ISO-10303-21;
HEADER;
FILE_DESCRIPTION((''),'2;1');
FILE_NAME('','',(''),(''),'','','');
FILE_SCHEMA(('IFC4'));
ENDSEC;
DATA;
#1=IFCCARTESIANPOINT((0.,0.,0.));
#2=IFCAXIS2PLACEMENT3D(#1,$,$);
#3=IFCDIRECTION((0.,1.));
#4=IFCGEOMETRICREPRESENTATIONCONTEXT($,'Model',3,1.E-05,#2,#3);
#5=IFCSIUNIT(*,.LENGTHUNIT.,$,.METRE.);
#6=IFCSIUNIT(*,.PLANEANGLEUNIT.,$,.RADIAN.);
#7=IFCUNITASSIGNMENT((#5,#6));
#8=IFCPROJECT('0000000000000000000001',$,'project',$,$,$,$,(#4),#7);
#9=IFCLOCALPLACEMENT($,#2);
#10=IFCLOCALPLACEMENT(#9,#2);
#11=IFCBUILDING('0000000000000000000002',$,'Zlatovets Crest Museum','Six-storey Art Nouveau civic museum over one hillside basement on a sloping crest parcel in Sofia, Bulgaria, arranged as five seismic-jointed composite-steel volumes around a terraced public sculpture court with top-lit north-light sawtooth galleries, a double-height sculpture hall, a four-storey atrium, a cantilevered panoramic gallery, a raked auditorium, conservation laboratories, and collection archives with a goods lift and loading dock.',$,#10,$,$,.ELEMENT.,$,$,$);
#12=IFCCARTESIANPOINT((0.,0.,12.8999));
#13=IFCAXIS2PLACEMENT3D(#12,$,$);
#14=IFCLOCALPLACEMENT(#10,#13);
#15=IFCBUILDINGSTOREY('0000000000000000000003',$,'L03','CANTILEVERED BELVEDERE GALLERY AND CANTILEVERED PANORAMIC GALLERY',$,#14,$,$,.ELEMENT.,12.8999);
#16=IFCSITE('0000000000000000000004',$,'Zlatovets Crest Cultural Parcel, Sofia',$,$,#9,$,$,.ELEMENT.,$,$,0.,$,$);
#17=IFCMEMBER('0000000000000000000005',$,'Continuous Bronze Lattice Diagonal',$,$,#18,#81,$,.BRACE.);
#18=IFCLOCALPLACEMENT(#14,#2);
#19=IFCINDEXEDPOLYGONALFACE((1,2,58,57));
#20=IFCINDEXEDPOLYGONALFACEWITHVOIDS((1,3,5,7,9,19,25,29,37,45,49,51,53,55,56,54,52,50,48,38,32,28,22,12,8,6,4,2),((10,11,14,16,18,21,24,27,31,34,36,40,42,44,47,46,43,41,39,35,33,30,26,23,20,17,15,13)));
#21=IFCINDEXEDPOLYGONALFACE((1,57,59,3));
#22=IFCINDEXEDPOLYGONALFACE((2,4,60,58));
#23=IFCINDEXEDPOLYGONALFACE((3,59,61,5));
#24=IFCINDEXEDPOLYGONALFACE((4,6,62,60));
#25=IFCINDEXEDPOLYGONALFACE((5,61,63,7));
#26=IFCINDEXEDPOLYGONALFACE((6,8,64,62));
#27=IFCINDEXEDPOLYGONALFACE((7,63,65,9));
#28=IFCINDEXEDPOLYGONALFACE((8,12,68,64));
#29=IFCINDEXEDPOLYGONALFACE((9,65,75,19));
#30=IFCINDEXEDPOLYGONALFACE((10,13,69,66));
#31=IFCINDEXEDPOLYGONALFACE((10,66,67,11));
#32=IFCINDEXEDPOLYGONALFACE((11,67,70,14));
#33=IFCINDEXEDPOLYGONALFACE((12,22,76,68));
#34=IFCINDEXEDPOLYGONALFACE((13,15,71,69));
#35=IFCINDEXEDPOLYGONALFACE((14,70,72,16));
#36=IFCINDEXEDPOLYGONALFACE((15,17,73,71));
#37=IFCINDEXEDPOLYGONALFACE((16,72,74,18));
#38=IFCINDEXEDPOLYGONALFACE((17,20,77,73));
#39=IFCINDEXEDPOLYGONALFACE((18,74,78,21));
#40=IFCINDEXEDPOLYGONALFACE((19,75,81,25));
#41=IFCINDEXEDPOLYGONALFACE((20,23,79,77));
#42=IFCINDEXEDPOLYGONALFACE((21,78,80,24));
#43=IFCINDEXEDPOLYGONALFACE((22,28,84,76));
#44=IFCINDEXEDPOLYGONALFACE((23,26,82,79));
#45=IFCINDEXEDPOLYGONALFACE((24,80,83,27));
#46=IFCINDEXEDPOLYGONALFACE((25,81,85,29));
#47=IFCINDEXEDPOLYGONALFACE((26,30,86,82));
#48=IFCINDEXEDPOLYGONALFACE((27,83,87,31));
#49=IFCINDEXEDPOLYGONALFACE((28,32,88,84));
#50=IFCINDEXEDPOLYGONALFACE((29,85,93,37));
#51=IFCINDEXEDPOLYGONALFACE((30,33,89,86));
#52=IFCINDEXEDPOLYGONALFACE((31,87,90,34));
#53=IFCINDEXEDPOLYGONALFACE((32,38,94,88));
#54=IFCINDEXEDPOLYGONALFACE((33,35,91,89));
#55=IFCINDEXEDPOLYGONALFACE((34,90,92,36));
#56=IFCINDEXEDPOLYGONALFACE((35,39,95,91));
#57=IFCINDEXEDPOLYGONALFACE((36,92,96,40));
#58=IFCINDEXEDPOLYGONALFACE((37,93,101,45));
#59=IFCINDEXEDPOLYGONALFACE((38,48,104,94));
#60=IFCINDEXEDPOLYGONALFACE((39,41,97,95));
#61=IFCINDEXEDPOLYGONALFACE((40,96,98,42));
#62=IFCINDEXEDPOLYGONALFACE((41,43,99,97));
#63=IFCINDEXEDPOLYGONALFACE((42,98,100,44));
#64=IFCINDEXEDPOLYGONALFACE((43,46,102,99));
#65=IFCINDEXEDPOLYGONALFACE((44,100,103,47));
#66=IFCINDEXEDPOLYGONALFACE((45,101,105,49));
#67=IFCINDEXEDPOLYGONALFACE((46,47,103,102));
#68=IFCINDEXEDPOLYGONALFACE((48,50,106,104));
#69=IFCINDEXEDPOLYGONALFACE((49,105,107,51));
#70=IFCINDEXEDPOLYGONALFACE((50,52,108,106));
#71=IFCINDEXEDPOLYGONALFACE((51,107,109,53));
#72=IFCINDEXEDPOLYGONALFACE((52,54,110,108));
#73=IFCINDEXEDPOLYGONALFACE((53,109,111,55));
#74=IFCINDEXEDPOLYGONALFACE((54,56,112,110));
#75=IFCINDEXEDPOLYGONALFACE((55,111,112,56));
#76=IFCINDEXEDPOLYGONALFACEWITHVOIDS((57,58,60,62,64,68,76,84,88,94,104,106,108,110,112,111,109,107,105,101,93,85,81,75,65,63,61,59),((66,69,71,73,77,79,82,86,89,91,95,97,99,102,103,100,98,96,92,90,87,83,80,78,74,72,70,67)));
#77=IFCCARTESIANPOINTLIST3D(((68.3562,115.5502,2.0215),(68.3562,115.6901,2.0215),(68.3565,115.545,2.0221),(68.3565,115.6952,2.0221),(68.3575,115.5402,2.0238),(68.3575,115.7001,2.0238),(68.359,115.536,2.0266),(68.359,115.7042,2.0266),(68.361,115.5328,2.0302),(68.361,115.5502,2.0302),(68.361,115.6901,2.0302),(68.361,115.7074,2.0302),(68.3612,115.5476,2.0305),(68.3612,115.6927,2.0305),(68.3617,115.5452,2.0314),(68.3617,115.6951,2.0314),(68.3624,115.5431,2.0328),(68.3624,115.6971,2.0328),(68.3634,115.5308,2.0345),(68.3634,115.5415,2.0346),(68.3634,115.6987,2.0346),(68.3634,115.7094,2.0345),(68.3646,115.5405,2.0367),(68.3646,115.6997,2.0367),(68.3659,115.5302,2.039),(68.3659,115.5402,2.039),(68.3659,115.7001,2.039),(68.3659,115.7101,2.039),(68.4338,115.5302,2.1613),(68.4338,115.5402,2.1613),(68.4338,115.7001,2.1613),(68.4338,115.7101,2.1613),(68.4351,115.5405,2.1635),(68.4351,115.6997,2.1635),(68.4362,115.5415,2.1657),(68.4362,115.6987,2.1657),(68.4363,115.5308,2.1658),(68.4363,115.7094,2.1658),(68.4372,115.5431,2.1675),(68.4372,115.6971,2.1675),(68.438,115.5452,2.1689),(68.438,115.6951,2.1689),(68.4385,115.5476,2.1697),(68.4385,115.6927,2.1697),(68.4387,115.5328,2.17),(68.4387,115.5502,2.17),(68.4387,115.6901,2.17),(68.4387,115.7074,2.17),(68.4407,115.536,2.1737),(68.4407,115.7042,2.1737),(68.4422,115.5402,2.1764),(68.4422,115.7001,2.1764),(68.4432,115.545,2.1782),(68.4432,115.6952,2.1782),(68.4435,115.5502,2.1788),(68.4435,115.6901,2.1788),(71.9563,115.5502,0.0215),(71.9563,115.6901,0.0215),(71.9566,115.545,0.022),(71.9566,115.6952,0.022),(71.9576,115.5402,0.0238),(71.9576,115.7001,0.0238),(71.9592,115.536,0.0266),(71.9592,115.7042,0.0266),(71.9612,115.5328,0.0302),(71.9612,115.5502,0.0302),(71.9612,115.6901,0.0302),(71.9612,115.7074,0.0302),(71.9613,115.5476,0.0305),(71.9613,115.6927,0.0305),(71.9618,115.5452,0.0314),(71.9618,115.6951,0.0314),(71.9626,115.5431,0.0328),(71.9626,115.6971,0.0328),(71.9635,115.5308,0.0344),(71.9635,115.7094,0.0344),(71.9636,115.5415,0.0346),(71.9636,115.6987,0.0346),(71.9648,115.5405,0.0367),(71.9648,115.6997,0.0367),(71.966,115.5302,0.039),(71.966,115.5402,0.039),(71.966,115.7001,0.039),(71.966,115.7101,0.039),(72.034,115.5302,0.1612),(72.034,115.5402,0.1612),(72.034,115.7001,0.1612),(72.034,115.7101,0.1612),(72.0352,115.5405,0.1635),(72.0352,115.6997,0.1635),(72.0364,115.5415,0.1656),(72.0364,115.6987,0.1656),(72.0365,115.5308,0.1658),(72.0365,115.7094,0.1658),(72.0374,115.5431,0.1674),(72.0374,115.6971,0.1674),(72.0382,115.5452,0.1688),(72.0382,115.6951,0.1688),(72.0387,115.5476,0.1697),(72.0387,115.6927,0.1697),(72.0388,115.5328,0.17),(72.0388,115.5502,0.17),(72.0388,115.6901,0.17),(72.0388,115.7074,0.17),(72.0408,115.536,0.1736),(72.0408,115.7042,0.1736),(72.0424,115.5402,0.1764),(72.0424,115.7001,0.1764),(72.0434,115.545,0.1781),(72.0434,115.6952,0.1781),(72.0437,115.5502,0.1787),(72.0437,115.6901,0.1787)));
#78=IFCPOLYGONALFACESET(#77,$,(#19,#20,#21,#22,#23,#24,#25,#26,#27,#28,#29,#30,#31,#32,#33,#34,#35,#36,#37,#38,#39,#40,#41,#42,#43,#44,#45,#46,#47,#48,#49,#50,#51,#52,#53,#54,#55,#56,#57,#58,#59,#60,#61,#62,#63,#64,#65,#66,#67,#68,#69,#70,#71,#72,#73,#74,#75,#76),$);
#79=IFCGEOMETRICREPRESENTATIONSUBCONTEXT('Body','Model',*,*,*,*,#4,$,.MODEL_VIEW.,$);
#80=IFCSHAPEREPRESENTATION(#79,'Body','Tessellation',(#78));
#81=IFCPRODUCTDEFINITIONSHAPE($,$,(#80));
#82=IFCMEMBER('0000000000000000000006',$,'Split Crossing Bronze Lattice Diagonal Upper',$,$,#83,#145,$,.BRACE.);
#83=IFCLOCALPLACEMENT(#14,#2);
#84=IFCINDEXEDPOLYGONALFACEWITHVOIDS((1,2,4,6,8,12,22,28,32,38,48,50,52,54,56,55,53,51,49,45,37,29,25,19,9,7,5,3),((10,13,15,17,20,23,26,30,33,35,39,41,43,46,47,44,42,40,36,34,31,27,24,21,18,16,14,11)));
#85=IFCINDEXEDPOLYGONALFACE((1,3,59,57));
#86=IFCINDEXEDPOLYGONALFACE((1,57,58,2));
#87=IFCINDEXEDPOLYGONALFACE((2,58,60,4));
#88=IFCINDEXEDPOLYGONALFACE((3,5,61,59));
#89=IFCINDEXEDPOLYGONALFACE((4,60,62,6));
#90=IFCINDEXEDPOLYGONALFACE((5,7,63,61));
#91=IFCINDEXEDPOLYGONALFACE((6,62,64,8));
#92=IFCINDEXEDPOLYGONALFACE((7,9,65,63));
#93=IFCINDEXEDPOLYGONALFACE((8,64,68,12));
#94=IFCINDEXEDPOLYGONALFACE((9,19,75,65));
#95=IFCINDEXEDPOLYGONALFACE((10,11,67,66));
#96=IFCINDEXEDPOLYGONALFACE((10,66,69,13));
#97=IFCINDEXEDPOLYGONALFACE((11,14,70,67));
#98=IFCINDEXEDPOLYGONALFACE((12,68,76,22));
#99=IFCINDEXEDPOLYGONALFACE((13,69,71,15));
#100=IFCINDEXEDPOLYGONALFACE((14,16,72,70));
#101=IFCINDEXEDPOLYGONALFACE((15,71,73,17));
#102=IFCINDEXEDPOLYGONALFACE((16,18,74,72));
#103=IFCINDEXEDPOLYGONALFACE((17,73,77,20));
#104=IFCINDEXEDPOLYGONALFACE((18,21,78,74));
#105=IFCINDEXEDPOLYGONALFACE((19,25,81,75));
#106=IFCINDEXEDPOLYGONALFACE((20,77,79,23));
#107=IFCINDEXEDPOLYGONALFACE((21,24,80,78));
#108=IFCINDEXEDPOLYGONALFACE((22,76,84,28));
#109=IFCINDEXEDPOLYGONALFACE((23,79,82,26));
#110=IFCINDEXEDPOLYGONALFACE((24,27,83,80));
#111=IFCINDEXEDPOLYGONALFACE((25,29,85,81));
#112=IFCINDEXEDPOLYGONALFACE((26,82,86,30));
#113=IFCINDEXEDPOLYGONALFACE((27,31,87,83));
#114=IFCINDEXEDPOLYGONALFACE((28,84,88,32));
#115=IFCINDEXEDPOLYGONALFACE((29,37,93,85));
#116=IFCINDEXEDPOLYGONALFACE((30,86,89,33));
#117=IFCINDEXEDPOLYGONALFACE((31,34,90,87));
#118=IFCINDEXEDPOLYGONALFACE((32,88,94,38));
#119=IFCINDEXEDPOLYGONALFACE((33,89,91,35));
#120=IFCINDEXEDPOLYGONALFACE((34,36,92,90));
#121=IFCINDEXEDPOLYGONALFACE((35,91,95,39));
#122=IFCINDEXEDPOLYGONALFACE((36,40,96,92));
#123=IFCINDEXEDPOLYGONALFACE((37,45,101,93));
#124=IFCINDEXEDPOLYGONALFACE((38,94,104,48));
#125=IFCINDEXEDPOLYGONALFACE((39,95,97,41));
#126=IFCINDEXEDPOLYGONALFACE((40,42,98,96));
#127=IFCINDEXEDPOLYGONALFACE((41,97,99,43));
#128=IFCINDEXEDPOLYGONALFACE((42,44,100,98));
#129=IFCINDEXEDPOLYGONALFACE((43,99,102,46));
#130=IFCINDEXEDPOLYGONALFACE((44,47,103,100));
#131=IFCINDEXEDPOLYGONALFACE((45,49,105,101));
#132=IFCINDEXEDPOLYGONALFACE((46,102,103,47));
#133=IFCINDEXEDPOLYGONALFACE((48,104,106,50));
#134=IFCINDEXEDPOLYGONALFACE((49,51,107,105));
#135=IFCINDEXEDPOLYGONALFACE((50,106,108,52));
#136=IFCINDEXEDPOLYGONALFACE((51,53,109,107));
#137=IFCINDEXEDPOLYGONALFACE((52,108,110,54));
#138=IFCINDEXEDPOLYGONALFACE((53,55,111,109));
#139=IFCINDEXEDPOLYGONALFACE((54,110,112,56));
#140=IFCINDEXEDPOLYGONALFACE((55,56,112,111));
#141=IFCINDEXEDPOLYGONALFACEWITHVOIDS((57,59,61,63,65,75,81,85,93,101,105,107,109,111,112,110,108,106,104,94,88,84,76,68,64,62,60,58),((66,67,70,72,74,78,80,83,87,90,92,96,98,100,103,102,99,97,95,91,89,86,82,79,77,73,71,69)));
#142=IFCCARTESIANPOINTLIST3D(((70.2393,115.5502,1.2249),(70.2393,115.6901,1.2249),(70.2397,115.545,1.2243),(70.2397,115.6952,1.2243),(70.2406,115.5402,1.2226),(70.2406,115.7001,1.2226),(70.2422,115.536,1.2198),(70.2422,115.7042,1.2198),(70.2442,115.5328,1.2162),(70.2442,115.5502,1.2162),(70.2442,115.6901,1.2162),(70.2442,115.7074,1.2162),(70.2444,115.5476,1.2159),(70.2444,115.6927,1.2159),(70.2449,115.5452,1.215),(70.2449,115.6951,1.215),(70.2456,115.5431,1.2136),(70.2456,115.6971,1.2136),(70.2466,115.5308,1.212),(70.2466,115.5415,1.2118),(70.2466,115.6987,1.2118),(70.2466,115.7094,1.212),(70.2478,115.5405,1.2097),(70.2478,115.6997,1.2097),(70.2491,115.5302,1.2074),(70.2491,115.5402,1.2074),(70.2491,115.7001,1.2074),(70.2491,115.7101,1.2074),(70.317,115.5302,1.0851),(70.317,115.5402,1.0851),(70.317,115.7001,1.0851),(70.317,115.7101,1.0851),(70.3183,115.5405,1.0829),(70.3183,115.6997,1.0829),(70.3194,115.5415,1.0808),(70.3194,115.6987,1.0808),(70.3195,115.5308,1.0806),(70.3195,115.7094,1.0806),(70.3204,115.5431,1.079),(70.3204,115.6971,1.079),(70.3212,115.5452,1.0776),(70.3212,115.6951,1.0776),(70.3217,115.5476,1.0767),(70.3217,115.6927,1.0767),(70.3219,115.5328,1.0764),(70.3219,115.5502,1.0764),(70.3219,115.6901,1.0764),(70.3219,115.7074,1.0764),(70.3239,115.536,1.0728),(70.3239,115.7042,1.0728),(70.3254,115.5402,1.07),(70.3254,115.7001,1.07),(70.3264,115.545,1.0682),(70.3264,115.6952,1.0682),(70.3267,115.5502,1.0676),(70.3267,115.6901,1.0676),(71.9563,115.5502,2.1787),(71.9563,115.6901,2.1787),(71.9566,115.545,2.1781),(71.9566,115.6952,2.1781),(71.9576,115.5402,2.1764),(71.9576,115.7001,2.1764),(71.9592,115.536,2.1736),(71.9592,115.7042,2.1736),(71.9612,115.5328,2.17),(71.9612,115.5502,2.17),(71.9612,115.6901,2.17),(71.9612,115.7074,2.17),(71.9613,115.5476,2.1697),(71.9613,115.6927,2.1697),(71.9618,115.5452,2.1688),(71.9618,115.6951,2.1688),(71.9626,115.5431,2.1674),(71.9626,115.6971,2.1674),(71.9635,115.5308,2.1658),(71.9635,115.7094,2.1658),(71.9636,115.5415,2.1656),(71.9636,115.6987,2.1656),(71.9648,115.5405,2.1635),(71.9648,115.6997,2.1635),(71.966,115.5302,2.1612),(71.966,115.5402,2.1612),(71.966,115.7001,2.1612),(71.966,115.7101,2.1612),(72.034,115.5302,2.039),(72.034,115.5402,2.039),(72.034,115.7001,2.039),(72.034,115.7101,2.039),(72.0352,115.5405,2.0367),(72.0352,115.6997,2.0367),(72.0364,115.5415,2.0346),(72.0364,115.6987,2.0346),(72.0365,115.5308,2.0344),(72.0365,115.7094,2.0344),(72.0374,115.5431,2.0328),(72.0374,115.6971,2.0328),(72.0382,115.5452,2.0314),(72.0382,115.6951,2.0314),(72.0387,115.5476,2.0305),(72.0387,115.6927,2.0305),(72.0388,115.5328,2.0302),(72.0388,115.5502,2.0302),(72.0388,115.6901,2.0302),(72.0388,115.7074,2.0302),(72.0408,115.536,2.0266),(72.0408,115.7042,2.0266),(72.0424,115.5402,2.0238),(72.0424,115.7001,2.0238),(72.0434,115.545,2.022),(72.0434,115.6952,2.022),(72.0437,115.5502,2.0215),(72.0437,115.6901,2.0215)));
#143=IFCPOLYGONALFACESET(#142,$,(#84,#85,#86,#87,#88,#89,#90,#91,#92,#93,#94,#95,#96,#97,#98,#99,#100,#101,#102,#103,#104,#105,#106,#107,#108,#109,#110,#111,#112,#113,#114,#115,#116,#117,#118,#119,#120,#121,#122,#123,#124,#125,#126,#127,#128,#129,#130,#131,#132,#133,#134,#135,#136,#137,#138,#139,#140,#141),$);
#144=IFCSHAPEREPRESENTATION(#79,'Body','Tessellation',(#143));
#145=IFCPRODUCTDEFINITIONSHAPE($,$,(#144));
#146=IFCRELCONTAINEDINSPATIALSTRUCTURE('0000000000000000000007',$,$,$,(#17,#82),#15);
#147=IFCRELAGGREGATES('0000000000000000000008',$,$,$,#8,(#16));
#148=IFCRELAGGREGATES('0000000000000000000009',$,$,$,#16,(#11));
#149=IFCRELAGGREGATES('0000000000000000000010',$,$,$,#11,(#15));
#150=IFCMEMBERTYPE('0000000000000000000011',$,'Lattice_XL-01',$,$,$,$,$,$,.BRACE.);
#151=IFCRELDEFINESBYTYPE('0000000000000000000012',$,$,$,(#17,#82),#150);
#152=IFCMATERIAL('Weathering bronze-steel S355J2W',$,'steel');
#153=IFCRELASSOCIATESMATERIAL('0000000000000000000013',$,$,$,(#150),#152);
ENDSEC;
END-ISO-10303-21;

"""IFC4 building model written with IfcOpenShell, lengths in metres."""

from ifc_helpers import new_model, si_unit, direction, frame, origin, origin_2d, place, context, subcontext, project, spatial, hollow_rectangle, extrude, material, material_profile, profile_set, type_object, element, save


model = new_model("IFC4")

# Units and contexts
model_context = context("Model", 3, precision=1e-05, world=origin(), true_north=direction((0.0, 1.0)))
body_context = subcontext(model_context, "Body", "Model", "MODEL_VIEW")
ifc_project = project(units=[si_unit("LENGTHUNIT", "METRE"), si_unit("PLANEANGLEUNIT", "RADIAN")], contexts=[model_context])

# Site, building, storey
site_placement = place(None, origin())
site = spatial("IfcSite", under=ifc_project, at=site_placement, Name="Zlatovets Crest Cultural Parcel, Sofia", CompositionType="ELEMENT", RefElevation=0.0)
building_placement = place(site_placement, origin())
building = spatial("IfcBuilding", under=site, at=building_placement, Name="Zlatovets Crest Museum", Description="Six-storey Art Nouveau civic museum over one hillside basement on a sloping crest parcel in Sofia, Bulgaria, arranged as five seismic-jointed composite-steel volumes around a terraced public sculpture court with top-lit north-light sawtooth galleries, a double-height sculpture hall, a four-storey atrium, a cantilevered panoramic gallery, a raked auditorium, conservation laboratories, and collection archives with a goods lift and loading dock.", CompositionType="ELEMENT")
storey_placement = place(building_placement, frame((0.0, 0.0, 12.8999)))
storey = spatial("IfcBuildingStorey", under=building, at=storey_placement, Name="L03", Description="CANTILEVERED BELVEDERE GALLERY AND CANTILEVERED PANORAMIC GALLERY", CompositionType="ELEMENT", Elevation=12.8999)

# Members
ifc_material_1 = material(Name="Weathering bronze-steel S355J2W", Category="steel")
ifc_material_profile_1 = material_profile(ifc_material_1, hollow_rectangle(XDim=0.1799, YDim=0.1799, WallThickness=0.01, InnerFilletRadius=0.01, OuterFilletRadius=0.02, at=origin_2d()), Name="SHS 180x180x10.0")
ifc_profile_set_1 = profile_set([ifc_material_profile_1], Name="Weathering bronze-steel S355J2W")
member_type_1 = type_object("IfcMemberType", Name="Lattice_XL-01", PredefinedType="BRACE", material=ifc_profile_set_1)
member_1_placement = place(storey_placement, frame((72.0, 115.6201, 0.1001), z_axis=(-0.874163, 0.0, 0.485633), x_axis=(0.0, -1.0, 0.0)))
element("IfcMember", 1, at=member_1_placement, inside=storey, type_object=member_type_1, Name="Continuous Bronze Lattice Diagonal", PredefinedType="BRACE", context=body_context, shape_type="SweptSolid", body=[
    extrude(hollow_rectangle(XDim=0.1799, YDim=0.1799, WallThickness=0.01, InnerFilletRadius=0.01, OuterFilletRadius=0.02, at=origin_2d()), origin(), (0.0, 0.0, 1.0), 4.1184),
])
member_2_placement = place(storey_placement, frame((72.0, 115.6201, 2.1001), z_axis=(-0.874169, 0.0, -0.485622), x_axis=(0.0, -1.0, 0.0)))
element("IfcMember", 2, at=member_2_placement, inside=storey, type_object=member_type_1, Name="Split Crossing Bronze Lattice Diagonal Upper", PredefinedType="BRACE", context=body_context, shape_type="SweptSolid", body=[
    extrude(hollow_rectangle(XDim=0.1799, YDim=0.1799, WallThickness=0.01, InnerFilletRadius=0.01, OuterFilletRadius=0.02, at=origin_2d()), origin(), (0.0, 0.0, 1.0), 1.9641),
])

save(model, "model.ifc")
